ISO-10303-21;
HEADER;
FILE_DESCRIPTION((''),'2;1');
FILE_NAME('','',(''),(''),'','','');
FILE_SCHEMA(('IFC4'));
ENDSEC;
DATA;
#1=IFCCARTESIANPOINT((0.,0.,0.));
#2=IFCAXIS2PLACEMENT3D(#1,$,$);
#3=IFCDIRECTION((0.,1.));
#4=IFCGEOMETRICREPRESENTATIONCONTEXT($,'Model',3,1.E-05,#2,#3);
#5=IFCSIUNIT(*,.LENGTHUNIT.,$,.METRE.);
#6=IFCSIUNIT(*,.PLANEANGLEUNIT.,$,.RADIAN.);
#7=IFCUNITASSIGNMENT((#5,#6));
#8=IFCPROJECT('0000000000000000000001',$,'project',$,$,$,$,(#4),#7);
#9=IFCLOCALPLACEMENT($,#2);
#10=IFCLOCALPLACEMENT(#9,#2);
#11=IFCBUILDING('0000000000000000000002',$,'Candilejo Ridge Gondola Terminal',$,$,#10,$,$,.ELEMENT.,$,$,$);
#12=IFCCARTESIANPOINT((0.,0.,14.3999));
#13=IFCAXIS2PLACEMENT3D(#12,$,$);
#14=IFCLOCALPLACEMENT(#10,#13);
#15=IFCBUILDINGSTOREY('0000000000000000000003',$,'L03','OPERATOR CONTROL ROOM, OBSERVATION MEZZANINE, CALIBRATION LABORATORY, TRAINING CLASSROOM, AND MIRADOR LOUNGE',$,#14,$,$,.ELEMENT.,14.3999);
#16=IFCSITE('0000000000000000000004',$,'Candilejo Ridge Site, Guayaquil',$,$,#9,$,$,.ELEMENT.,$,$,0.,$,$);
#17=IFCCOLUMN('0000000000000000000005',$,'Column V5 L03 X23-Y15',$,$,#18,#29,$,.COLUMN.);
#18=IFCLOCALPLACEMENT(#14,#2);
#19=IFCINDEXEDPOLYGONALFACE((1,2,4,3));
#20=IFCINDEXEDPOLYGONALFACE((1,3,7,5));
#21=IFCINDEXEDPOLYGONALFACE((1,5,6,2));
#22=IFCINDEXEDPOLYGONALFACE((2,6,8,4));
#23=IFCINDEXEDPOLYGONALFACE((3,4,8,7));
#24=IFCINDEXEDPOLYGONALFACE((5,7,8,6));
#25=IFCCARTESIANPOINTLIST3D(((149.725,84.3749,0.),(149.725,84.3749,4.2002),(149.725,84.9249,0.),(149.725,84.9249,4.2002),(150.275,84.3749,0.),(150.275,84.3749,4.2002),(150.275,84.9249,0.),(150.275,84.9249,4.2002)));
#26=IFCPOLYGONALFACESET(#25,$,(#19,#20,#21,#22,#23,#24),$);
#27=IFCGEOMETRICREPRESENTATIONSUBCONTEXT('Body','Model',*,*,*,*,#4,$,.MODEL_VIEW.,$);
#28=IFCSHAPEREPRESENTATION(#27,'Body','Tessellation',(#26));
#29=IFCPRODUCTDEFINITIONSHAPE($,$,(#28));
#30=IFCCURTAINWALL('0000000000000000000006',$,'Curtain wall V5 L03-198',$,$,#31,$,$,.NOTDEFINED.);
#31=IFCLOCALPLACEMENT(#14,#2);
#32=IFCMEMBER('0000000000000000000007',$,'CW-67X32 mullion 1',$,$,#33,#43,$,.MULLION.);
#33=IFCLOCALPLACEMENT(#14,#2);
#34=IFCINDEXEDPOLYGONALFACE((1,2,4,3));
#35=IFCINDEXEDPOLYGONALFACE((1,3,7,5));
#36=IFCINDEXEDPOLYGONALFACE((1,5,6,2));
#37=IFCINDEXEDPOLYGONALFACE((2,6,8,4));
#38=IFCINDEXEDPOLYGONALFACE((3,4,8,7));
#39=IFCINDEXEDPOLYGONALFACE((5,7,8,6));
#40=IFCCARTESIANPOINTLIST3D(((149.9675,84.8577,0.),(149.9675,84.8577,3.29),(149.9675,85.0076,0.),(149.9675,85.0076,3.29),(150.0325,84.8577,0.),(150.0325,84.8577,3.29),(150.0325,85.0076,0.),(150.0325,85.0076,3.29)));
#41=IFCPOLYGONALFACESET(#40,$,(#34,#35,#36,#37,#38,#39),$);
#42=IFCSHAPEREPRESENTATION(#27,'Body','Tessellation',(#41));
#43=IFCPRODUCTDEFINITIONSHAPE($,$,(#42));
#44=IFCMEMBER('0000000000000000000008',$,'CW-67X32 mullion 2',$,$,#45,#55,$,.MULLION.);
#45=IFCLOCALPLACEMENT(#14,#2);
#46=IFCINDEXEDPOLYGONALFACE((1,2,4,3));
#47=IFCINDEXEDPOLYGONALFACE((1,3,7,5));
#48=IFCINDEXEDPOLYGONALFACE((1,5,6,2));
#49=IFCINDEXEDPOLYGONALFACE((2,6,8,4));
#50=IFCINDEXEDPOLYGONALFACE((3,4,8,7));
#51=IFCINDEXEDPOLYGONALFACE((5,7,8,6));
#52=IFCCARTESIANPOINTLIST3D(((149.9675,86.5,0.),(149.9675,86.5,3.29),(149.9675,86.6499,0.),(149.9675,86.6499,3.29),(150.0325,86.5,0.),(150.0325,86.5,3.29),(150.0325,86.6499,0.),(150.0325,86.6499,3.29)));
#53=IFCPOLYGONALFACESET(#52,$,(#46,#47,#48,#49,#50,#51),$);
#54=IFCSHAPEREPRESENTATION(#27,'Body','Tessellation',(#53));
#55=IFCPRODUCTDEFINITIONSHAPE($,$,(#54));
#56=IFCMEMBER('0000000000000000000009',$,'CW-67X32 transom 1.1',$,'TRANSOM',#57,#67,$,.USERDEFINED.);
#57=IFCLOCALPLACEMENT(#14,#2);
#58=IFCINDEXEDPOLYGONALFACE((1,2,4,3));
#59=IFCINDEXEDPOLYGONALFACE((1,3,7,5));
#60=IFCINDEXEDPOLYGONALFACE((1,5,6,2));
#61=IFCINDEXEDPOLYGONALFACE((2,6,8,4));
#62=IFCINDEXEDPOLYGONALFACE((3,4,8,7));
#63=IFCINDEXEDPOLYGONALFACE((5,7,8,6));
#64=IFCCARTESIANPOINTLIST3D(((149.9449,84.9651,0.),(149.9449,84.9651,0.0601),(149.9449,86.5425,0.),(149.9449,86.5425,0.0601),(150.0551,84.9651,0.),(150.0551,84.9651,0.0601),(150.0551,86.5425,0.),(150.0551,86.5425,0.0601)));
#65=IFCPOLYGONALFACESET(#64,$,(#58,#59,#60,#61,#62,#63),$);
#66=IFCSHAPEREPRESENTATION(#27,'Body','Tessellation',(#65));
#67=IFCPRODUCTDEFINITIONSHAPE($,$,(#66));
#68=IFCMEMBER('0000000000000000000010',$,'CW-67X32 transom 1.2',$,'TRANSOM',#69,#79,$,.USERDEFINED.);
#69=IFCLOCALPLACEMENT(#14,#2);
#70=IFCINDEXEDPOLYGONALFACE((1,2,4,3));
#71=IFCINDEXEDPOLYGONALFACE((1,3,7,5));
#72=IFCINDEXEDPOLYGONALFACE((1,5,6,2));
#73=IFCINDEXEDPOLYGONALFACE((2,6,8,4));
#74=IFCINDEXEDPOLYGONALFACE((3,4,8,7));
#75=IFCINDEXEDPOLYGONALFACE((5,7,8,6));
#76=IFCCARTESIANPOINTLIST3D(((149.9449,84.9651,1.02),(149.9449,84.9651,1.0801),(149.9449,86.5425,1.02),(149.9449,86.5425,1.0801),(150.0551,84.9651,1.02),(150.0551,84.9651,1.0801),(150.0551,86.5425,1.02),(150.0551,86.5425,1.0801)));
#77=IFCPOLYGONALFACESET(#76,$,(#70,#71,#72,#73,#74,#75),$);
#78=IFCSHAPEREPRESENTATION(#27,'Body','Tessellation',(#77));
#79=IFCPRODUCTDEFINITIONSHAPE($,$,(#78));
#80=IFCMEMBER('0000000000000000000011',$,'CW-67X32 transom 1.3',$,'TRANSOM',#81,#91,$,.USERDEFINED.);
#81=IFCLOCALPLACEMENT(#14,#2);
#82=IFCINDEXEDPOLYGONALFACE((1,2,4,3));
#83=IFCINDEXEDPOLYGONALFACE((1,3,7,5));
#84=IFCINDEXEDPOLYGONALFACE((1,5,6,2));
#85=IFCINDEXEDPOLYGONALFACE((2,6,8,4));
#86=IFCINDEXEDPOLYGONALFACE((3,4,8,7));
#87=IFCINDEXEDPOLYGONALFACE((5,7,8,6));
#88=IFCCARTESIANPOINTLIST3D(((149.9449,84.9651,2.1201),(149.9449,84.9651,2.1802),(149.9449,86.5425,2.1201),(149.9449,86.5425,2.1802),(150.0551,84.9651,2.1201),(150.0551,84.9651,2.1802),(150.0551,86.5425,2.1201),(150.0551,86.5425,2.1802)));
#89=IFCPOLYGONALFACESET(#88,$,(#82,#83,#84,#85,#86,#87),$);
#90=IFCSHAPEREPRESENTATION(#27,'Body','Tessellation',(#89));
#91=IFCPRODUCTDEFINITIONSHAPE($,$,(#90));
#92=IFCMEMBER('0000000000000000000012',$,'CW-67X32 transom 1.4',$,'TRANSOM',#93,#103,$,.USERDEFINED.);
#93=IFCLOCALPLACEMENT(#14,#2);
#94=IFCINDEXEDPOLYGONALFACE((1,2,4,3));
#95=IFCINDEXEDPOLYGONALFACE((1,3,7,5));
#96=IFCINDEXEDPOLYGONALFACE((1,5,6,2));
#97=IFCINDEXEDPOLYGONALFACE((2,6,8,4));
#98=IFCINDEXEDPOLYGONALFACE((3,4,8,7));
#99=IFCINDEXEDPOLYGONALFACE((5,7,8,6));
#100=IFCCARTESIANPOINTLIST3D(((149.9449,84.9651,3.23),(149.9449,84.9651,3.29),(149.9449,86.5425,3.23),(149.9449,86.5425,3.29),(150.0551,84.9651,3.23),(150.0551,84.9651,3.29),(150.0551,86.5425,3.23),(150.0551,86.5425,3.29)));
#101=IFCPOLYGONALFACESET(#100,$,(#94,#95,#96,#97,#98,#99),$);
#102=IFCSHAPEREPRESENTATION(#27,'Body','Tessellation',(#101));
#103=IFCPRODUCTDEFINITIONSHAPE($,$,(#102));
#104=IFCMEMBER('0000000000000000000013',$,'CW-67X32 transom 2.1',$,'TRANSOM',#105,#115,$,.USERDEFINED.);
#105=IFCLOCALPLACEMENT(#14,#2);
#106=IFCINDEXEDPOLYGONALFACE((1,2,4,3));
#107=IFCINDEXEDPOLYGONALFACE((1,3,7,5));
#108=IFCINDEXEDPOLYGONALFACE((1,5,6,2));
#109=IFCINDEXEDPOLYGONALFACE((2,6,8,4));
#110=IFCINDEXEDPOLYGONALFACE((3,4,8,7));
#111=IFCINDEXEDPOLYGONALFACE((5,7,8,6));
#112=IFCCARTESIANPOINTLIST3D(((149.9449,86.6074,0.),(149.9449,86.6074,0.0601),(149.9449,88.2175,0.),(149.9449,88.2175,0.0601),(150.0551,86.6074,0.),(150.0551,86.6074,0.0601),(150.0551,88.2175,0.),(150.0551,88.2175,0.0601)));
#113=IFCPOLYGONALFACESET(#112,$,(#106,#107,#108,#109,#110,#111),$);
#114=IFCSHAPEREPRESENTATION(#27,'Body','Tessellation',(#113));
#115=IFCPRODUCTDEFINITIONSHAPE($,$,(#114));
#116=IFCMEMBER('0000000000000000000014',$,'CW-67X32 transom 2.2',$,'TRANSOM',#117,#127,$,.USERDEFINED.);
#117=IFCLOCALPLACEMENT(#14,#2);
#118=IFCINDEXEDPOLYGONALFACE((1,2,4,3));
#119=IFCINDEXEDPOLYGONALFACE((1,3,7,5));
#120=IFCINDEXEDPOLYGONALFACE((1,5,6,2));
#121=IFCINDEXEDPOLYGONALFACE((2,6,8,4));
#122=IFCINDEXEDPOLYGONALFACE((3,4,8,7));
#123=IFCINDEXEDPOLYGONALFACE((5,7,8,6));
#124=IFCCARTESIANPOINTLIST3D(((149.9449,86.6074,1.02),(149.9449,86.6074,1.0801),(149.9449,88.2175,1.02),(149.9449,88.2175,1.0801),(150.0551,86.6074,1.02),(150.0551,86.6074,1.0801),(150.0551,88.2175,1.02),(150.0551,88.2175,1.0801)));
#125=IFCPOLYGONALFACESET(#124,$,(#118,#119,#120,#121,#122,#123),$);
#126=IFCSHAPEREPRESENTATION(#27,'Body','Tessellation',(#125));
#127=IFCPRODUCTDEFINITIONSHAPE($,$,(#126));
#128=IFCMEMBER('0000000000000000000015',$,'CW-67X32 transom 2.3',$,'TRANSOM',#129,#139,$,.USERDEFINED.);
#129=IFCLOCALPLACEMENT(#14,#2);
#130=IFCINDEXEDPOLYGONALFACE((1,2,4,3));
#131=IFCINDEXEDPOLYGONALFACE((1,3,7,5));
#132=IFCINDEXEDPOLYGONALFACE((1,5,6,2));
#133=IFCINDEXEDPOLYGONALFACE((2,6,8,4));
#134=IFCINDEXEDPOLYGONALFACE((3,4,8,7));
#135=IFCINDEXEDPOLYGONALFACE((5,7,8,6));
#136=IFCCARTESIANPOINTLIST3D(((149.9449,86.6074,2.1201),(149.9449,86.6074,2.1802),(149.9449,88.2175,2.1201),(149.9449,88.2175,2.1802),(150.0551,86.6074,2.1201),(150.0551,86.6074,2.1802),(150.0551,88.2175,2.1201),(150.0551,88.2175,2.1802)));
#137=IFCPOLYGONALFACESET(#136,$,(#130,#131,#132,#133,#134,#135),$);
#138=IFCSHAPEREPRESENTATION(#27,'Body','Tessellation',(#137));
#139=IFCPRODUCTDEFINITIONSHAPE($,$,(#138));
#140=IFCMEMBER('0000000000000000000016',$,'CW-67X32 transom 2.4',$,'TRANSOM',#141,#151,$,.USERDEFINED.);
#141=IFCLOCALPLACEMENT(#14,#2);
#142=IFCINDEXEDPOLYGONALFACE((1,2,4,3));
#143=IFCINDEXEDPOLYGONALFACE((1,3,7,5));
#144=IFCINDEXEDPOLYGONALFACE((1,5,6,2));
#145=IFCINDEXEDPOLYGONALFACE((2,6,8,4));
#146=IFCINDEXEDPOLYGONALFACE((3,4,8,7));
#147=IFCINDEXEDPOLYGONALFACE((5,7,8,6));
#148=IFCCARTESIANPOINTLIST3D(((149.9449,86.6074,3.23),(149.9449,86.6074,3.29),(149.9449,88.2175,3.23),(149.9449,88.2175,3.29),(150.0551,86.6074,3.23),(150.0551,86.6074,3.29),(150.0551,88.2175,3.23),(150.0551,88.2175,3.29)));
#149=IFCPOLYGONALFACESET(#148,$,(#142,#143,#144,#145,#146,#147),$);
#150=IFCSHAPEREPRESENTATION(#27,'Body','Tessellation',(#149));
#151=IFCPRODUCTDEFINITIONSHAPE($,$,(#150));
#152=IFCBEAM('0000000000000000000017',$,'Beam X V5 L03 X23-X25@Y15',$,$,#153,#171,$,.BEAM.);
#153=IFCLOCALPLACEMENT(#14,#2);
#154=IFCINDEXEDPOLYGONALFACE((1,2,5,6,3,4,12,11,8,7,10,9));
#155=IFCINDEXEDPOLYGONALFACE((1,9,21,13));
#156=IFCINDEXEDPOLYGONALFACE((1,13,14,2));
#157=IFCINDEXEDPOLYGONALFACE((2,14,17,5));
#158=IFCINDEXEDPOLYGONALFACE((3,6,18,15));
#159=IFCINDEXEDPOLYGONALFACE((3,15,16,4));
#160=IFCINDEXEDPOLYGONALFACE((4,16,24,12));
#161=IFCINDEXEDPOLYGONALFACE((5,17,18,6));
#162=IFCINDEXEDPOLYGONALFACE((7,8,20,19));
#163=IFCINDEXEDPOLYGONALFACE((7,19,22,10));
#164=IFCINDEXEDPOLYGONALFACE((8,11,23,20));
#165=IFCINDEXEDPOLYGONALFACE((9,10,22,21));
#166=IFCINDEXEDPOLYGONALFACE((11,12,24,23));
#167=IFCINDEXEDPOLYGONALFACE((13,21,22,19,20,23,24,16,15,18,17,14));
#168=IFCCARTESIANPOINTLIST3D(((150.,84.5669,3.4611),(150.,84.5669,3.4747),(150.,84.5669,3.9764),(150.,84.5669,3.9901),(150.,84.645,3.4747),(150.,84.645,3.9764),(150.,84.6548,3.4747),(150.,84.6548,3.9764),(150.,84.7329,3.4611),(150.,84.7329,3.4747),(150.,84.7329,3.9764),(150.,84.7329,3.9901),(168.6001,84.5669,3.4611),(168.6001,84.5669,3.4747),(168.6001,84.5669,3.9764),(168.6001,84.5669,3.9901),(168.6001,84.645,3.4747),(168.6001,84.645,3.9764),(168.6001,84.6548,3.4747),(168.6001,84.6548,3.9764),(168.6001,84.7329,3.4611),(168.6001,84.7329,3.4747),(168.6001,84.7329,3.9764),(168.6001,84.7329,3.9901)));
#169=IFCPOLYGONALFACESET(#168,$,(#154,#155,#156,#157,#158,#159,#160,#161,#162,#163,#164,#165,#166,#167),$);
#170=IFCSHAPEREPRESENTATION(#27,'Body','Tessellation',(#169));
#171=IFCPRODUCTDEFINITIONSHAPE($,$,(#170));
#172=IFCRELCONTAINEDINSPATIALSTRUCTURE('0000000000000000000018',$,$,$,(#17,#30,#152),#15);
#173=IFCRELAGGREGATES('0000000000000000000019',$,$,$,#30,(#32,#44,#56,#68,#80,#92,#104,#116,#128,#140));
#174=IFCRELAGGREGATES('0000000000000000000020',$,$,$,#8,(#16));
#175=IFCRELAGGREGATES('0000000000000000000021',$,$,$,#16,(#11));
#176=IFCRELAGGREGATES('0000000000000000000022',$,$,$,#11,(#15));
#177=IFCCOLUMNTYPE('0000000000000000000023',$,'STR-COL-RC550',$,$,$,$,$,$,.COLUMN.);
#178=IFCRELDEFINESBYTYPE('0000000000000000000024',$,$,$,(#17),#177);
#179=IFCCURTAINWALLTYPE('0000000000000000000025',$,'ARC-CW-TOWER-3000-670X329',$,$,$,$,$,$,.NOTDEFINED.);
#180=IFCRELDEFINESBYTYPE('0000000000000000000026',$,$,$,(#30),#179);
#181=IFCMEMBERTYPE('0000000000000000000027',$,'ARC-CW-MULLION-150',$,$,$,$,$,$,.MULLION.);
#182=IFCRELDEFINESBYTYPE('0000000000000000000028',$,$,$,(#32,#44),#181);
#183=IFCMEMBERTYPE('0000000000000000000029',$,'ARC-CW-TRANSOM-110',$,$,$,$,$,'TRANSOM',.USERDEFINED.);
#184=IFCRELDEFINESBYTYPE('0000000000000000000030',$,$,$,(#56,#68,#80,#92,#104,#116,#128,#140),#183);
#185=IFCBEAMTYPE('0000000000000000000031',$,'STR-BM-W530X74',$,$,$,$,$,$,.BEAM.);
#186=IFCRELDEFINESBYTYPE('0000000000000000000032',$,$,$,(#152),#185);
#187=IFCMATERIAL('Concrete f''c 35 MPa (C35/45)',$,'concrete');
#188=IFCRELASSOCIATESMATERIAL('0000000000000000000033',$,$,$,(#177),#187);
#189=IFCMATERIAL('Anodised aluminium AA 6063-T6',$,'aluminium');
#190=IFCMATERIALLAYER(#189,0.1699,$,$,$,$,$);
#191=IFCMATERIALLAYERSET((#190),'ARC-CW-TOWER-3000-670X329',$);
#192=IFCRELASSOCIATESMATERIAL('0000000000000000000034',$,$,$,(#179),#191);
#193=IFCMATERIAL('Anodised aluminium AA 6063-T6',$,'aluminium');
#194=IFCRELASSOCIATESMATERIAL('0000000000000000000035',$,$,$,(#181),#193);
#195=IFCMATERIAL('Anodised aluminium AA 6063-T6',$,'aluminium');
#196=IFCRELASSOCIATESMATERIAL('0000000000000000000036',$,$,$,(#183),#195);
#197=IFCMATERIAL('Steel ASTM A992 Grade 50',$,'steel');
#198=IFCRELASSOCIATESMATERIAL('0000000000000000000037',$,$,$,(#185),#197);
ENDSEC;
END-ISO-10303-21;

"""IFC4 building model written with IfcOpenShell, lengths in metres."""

from ifc_helpers import new_model, si_unit, direction, frame, origin, origin_2d, place, context, subcontext, project, spatial, rectangle, i_section, extrude, material, layer, layer_set, material_profile, profile_set, type_object, element, aggregate, save


model = new_model("IFC4")

# Units and contexts
model_context = context("Model", 3, precision=1e-05, world=origin(), true_north=direction((0.0, 1.0)))
body_context = subcontext(model_context, "Body", "Model", "MODEL_VIEW")
ifc_project = project(units=[si_unit("LENGTHUNIT", "METRE"), si_unit("PLANEANGLEUNIT", "RADIAN")], contexts=[model_context])

# Site, building, storey
site_placement = place(None, origin())
site = spatial("IfcSite", under=ifc_project, at=site_placement, Name="Candilejo Ridge Site, Guayaquil", CompositionType="ELEMENT", RefElevation=0.0)
building_placement = place(site_placement, origin())
building = spatial("IfcBuilding", under=site, at=building_placement, Name="Candilejo Ridge Gondola Terminal", CompositionType="ELEMENT")
storey_placement = place(building_placement, frame((0.0, 0.0, 14.3999)))
storey = spatial("IfcBuildingStorey", under=building, at=storey_placement, Name="L03", Description="OPERATOR CONTROL ROOM, OBSERVATION MEZZANINE, CALIBRATION LABORATORY, TRAINING CLASSROOM, AND MIRADOR LOUNGE", CompositionType="ELEMENT", Elevation=14.3999)

# Column
ifc_material_1 = material(Name="Concrete f'c 35 MPa (C35/45)", Category="concrete")
ifc_material_profile_1 = material_profile(ifc_material_1, rectangle(XDim=0.55, YDim=0.55, at=origin_2d()))
ifc_profile_set_1 = profile_set([ifc_material_profile_1], Name="Concrete f'c 35 MPa (C35/45)")
column_type = type_object("IfcColumnType", Name="STR-COL-RC550", PredefinedType="COLUMN", material=ifc_profile_set_1)
column_placement = place(storey_placement, frame((150.0, 84.6499, 0.0), z_axis=(0.0, 0.0, 1.0), x_axis=(1.0, 0.0, 0.0)))
element("IfcColumn", 1, at=column_placement, inside=storey, type_object=column_type, Name="Column V5 L03 X23-Y15", PredefinedType="COLUMN", context=body_context, shape_type="SweptSolid", body=[
    extrude(rectangle(XDim=0.55, YDim=0.55, at=origin_2d()), origin(), (0.0, 0.0, 1.0), 4.2002),
])

# Curtain wall, members
ifc_material_2 = material(Name="Anodised aluminium AA 6063-T6", Category="aluminium")
ifc_layer_1 = layer(ifc_material_2, 0.1699)
ifc_layer_set_1 = layer_set([ifc_layer_1], Name="ARC-CW-TOWER-3000-670X329")
curtain_wall_type = type_object("IfcCurtainWallType", Name="ARC-CW-TOWER-3000-670X329", PredefinedType="NOTDEFINED", material=ifc_layer_set_1)
curtain_wall_placement = place(storey_placement, origin())
curtain_wall = element("IfcCurtainWall", 2, at=curtain_wall_placement, inside=storey, type_object=curtain_wall_type, Name="Curtain wall V5 L03-198", PredefinedType="NOTDEFINED")
ifc_material_3 = material(Name="Anodised aluminium AA 6063-T6", Category="aluminium")
ifc_material_profile_2 = material_profile(ifc_material_3, rectangle(XDim=0.0649, YDim=0.1499, at=origin_2d()))
ifc_profile_set_2 = profile_set([ifc_material_profile_2], Name="Anodised aluminium AA 6063-T6")
member_type_1 = type_object("IfcMemberType", Name="ARC-CW-MULLION-150", PredefinedType="MULLION", material=ifc_profile_set_2)
member_1_placement = place(storey_placement, frame((150.0, 84.9326, 0.0), z_axis=(0.0, 0.0, 1.0), x_axis=(-1.0, 0.0, 0.0)))
member_1 = element("IfcMember", 3, at=member_1_placement, type_object=member_type_1, Name="CW-67X32 mullion 1", PredefinedType="MULLION", context=body_context, shape_type="SweptSolid", body=[
    extrude(rectangle(XDim=0.0649, YDim=0.1499, at=origin_2d()), origin(), (0.0, 0.0, 1.0), 3.29),
])
member_2_placement = place(storey_placement, frame((150.0, 86.575, 0.0), z_axis=(0.0, 0.0, 1.0), x_axis=(-1.0, 0.0, 0.0)))
member_2 = element("IfcMember", 4, at=member_2_placement, type_object=member_type_1, Name="CW-67X32 mullion 2", PredefinedType="MULLION", context=body_context, shape_type="SweptSolid", body=[
    extrude(rectangle(XDim=0.0649, YDim=0.1499, at=origin_2d()), origin(), (0.0, 0.0, 1.0), 3.29),
])
ifc_material_4 = material(Name="Anodised aluminium AA 6063-T6", Category="aluminium")
ifc_material_profile_3 = material_profile(ifc_material_4, rectangle(XDim=0.1101, YDim=0.0601, at=origin_2d()))
ifc_profile_set_3 = profile_set([ifc_material_profile_3], Name="Anodised aluminium AA 6063-T6")
member_type_2 = type_object("IfcMemberType", Name="ARC-CW-TRANSOM-110", ElementType="TRANSOM", PredefinedType="USERDEFINED", material=ifc_profile_set_3)
member_3_placement = place(storey_placement, frame((150.0, 84.9651, 0.03), z_axis=(0.0, 1.0, 0.0), x_axis=(-1.0, 0.0, 0.0)))
member_3 = element("IfcMember", 5, at=member_3_placement, type_object=member_type_2, Name="CW-67X32 transom 1.1", ObjectType="TRANSOM", PredefinedType="USERDEFINED", context=body_context, shape_type="SweptSolid", body=[
    extrude(rectangle(XDim=0.1101, YDim=0.0601, at=origin_2d()), origin(), (0.0, 0.0, 1.0), 1.5774),
])
member_4_placement = place(storey_placement, frame((150.0, 84.9651, 1.05), z_axis=(0.0, 1.0, 0.0), x_axis=(-1.0, 0.0, 0.0)))
member_4 = element("IfcMember", 6, at=member_4_placement, type_object=member_type_2, Name="CW-67X32 transom 1.2", ObjectType="TRANSOM", PredefinedType="USERDEFINED", context=body_context, shape_type="SweptSolid", body=[
    extrude(rectangle(XDim=0.1101, YDim=0.0601, at=origin_2d()), origin(), (0.0, 0.0, 1.0), 1.5774),
])
member_5_placement = place(storey_placement, frame((150.0, 84.9651, 2.1501), z_axis=(0.0, 1.0, 0.0), x_axis=(-1.0, 0.0, 0.0)))
member_5 = element("IfcMember", 7, at=member_5_placement, type_object=member_type_2, Name="CW-67X32 transom 1.3", ObjectType="TRANSOM", PredefinedType="USERDEFINED", context=body_context, shape_type="SweptSolid", body=[
    extrude(rectangle(XDim=0.1101, YDim=0.0601, at=origin_2d()), origin(), (0.0, 0.0, 1.0), 1.5774),
])
member_6_placement = place(storey_placement, frame((150.0, 84.9651, 3.26), z_axis=(0.0, 1.0, 0.0), x_axis=(-1.0, 0.0, 0.0)))
member_6 = element("IfcMember", 8, at=member_6_placement, type_object=member_type_2, Name="CW-67X32 transom 1.4", ObjectType="TRANSOM", PredefinedType="USERDEFINED", context=body_context, shape_type="SweptSolid", body=[
    extrude(rectangle(XDim=0.1101, YDim=0.0601, at=origin_2d()), origin(), (0.0, 0.0, 1.0), 1.5774),
])
member_7_placement = place(storey_placement, frame((150.0, 86.6074, 0.03), z_axis=(0.0, 1.0, 0.0), x_axis=(-1.0, 0.0, 0.0)))
member_7 = element("IfcMember", 9, at=member_7_placement, type_object=member_type_2, Name="CW-67X32 transom 2.1", ObjectType="TRANSOM", PredefinedType="USERDEFINED", context=body_context, shape_type="SweptSolid", body=[
    extrude(rectangle(XDim=0.1101, YDim=0.0601, at=origin_2d()), origin(), (0.0, 0.0, 1.0), 1.6101),
])
member_8_placement = place(storey_placement, frame((150.0, 86.6074, 1.05), z_axis=(0.0, 1.0, 0.0), x_axis=(-1.0, 0.0, 0.0)))
member_8 = element("IfcMember", 10, at=member_8_placement, type_object=member_type_2, Name="CW-67X32 transom 2.2", ObjectType="TRANSOM", PredefinedType="USERDEFINED", context=body_context, shape_type="SweptSolid", body=[
    extrude(rectangle(XDim=0.1101, YDim=0.0601, at=origin_2d()), origin(), (0.0, 0.0, 1.0), 1.6101),
])
member_9_placement = place(storey_placement, frame((150.0, 86.6074, 2.1501), z_axis=(0.0, 1.0, 0.0), x_axis=(-1.0, 0.0, 0.0)))
member_9 = element("IfcMember", 11, at=member_9_placement, type_object=member_type_2, Name="CW-67X32 transom 2.3", ObjectType="TRANSOM", PredefinedType="USERDEFINED", context=body_context, shape_type="SweptSolid", body=[
    extrude(rectangle(XDim=0.1101, YDim=0.0601, at=origin_2d()), origin(), (0.0, 0.0, 1.0), 1.6101),
])
member_10_placement = place(storey_placement, frame((150.0, 86.6074, 3.26), z_axis=(0.0, 1.0, 0.0), x_axis=(-1.0, 0.0, 0.0)))
member_10 = element("IfcMember", 12, at=member_10_placement, type_object=member_type_2, Name="CW-67X32 transom 2.4", ObjectType="TRANSOM", PredefinedType="USERDEFINED", context=body_context, shape_type="SweptSolid", body=[
    extrude(rectangle(XDim=0.1101, YDim=0.0601, at=origin_2d()), origin(), (0.0, 0.0, 1.0), 1.6101),
])

# Beam
ifc_material_5 = material(Name="Steel ASTM A992 Grade 50", Category="steel")
ifc_material_profile_4 = material_profile(ifc_material_5, i_section(OverallWidth=0.166, OverallDepth=0.5291, WebThickness=0.0098, FlangeThickness=0.0137, at=origin_2d()))
ifc_profile_set_4 = profile_set([ifc_material_profile_4], Name="Steel ASTM A992 Grade 50")
beam_type_1 = type_object("IfcBeamType", Name="STR-BM-W530X74", PredefinedType="BEAM", material=ifc_profile_set_4)
beam_1_placement = place(storey_placement, frame((150.0, 84.6499, 3.7256), z_axis=(1.0, 0.0, 0.0), x_axis=(0.0, 1.0, 0.0)))
element("IfcBeam", 13, at=beam_1_placement, inside=storey, type_object=beam_type_1, Name="Beam X V5 L03 X23-X25@Y15", PredefinedType="BEAM", context=body_context, shape_type="SweptSolid", body=[
    extrude(i_section(OverallWidth=0.166, OverallDepth=0.5291, WebThickness=0.0098, FlangeThickness=0.0137, at=origin_2d()), origin(), (0.0, 0.0, 1.0), 18.6001),
])

aggregate(curtain_wall, [member_1, member_2, member_3, member_4, member_5, member_6, member_7, member_8, member_9, member_10])

save(model, "model.ifc")
